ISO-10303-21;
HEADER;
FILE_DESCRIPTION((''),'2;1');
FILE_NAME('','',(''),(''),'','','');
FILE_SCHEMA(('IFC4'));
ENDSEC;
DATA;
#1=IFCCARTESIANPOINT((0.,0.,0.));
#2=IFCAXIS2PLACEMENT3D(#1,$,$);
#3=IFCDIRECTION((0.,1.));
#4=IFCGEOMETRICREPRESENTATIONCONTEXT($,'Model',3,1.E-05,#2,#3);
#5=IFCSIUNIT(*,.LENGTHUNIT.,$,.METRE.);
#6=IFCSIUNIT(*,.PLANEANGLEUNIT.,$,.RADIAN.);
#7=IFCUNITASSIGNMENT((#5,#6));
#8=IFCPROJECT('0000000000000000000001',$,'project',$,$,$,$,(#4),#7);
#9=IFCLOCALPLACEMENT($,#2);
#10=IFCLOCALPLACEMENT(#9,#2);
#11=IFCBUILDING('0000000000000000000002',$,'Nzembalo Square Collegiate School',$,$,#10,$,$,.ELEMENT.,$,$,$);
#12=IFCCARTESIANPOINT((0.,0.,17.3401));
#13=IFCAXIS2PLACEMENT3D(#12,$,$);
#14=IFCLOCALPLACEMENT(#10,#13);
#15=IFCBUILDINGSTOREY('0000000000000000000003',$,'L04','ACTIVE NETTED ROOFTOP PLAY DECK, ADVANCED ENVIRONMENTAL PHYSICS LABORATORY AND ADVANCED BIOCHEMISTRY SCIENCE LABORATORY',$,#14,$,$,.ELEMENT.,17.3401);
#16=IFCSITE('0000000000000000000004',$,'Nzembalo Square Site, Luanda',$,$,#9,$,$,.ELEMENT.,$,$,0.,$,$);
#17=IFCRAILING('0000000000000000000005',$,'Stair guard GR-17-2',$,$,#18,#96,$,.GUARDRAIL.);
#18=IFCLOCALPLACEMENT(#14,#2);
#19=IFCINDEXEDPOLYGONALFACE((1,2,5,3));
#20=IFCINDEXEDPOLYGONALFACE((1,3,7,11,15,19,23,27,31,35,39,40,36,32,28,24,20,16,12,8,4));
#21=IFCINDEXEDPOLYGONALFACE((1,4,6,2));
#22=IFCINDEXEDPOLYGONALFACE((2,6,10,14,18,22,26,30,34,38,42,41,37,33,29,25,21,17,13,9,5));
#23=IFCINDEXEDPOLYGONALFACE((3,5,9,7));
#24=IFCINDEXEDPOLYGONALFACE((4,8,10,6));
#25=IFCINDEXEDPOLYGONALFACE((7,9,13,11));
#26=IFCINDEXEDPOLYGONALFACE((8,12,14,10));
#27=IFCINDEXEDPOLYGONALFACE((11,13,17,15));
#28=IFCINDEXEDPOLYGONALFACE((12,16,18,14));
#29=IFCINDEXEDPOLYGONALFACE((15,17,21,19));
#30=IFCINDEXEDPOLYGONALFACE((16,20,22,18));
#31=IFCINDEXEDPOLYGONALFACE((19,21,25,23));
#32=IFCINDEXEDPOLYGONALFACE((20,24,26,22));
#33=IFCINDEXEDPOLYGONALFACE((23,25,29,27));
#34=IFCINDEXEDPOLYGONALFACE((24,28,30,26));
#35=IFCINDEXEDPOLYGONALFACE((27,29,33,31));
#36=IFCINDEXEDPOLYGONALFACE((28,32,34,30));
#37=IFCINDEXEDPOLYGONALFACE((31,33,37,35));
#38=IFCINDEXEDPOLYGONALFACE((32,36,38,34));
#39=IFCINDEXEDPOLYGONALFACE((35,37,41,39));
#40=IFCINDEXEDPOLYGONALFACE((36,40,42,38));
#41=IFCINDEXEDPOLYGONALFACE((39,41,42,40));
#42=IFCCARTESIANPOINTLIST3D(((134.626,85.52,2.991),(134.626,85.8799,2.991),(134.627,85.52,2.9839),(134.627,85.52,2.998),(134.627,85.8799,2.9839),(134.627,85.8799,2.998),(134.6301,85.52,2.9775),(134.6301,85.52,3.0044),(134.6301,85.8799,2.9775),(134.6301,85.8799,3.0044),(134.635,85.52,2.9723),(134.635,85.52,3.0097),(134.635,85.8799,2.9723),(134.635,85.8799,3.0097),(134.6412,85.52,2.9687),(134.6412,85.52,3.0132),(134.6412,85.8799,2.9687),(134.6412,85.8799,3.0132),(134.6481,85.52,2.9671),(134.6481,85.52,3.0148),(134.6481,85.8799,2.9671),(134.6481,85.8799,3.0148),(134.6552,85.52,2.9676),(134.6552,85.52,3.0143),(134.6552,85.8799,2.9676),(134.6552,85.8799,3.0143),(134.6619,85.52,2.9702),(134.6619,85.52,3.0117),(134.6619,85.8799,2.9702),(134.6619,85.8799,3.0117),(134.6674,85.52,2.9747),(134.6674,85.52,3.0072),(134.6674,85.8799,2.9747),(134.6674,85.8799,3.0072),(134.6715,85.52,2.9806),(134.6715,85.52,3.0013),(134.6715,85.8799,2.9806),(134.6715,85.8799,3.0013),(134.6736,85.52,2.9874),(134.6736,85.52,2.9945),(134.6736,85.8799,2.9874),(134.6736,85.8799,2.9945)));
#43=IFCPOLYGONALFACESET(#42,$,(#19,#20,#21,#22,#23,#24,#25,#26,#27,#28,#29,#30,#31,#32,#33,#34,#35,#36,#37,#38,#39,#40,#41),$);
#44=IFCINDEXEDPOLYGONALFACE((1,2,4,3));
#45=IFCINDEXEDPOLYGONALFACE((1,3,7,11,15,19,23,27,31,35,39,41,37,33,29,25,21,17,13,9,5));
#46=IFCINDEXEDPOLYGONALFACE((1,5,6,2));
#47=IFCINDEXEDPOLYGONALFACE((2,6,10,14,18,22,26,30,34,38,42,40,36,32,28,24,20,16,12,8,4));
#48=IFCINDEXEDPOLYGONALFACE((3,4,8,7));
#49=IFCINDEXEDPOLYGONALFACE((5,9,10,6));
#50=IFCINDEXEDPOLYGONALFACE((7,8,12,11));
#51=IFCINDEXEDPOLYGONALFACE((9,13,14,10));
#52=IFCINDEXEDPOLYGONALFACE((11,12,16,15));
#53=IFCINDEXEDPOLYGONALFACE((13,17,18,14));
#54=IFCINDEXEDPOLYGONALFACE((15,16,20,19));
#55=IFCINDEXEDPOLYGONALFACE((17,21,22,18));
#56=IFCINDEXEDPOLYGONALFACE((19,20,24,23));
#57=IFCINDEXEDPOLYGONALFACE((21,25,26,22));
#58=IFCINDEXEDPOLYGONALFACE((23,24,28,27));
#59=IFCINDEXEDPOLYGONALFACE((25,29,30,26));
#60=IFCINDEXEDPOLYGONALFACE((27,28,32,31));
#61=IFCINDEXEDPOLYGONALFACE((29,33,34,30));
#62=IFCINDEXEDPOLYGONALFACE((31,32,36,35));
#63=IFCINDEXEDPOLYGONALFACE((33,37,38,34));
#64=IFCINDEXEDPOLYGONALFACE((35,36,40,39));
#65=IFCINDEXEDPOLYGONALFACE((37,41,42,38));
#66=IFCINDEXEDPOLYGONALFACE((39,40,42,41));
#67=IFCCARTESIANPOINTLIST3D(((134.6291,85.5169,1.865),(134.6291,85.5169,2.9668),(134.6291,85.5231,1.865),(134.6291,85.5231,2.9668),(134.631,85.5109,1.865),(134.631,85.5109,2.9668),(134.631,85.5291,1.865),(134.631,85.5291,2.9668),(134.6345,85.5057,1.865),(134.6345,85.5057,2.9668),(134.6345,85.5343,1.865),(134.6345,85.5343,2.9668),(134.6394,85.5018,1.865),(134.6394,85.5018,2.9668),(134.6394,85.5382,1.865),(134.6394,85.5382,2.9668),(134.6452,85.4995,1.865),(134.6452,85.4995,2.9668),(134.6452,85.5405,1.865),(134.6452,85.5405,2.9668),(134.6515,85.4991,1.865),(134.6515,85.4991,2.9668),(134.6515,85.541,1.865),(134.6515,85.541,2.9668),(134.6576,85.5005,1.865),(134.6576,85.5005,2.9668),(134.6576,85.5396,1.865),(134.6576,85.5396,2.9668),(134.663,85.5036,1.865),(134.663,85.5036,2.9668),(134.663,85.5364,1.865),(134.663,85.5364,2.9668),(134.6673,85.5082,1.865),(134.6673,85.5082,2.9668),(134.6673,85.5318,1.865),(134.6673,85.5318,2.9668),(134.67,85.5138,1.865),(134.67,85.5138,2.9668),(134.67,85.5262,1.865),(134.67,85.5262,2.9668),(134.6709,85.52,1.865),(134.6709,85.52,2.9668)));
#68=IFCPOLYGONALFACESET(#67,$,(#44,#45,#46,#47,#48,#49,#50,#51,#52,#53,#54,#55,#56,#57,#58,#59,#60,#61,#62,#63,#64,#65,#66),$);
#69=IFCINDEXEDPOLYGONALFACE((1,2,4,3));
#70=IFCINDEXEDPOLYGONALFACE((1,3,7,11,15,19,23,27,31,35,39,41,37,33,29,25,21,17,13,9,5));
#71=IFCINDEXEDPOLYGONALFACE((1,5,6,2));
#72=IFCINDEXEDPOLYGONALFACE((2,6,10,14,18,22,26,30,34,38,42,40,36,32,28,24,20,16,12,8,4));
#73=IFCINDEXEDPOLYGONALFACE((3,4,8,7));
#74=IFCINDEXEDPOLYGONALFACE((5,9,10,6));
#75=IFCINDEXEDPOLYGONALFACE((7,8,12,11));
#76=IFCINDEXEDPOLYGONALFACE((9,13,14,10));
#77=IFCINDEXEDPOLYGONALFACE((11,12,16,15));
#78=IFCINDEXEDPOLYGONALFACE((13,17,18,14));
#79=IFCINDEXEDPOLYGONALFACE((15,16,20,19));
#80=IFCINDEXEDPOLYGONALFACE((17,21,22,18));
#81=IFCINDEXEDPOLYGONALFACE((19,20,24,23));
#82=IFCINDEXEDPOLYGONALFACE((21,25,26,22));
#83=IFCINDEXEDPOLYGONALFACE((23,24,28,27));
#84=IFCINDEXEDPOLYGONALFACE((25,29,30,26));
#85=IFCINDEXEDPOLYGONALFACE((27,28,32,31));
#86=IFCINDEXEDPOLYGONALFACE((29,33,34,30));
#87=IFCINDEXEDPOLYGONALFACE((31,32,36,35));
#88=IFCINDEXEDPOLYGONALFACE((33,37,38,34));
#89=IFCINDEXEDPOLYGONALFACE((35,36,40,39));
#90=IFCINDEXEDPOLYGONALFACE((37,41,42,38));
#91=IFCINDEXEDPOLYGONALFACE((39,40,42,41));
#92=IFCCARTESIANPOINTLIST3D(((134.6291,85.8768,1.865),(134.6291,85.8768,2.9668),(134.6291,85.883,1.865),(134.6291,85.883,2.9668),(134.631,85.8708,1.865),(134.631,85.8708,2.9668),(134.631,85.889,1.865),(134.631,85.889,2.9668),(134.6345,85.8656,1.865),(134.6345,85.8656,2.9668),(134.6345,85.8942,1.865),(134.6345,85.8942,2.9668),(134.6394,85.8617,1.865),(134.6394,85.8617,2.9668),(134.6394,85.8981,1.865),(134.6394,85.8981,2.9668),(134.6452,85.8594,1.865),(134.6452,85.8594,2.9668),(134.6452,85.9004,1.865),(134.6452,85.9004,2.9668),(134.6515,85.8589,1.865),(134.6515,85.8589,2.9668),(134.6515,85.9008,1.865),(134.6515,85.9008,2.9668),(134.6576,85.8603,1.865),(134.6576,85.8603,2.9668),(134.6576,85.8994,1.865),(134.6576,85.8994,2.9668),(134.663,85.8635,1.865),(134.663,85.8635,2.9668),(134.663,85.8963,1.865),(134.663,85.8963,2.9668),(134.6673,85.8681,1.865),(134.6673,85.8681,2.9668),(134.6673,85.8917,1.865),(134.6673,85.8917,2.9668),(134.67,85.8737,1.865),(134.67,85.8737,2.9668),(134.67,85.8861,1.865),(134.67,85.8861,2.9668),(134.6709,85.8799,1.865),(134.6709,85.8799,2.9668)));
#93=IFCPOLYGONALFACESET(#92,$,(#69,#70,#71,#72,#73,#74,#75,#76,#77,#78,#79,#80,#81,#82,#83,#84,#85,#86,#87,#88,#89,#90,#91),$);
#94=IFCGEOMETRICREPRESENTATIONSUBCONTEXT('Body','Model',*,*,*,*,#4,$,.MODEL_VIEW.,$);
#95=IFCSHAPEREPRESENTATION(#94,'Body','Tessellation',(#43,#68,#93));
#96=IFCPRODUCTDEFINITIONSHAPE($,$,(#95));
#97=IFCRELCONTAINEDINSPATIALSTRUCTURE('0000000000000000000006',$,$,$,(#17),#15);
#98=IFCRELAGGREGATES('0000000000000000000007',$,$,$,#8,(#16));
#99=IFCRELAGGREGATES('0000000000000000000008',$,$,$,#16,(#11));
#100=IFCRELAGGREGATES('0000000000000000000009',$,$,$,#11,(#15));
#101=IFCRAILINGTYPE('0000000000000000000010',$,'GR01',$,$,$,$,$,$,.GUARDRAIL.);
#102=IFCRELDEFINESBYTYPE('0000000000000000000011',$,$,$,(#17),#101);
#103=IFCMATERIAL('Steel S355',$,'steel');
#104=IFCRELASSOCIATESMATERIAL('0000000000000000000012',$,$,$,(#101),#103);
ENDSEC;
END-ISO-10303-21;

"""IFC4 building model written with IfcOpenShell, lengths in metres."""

from ifc_helpers import new_model, si_unit, direction, frame, origin, origin_2d, place, context, subcontext, project, spatial, circle, extrude, material, type_object, element, save


model = new_model("IFC4")

# Units and contexts
model_context = context("Model", 3, precision=1e-05, world=origin(), true_north=direction((0.0, 1.0)))
body_context = subcontext(model_context, "Body", "Model", "MODEL_VIEW")
ifc_project = project(units=[si_unit("LENGTHUNIT", "METRE"), si_unit("PLANEANGLEUNIT", "RADIAN")], contexts=[model_context])

# Site, building, storey
site_placement = place(None, origin())
site = spatial("IfcSite", under=ifc_project, at=site_placement, Name="Nzembalo Square Site, Luanda", CompositionType="ELEMENT", RefElevation=0.0)
building_placement = place(site_placement, origin())
building = spatial("IfcBuilding", under=site, at=building_placement, Name="Nzembalo Square Collegiate School", CompositionType="ELEMENT")
storey_placement = place(building_placement, frame((0.0, 0.0, 17.3401)))
storey = spatial("IfcBuildingStorey", under=building, at=storey_placement, Name="L04", Description="ACTIVE NETTED ROOFTOP PLAY DECK, ADVANCED ENVIRONMENTAL PHYSICS LABORATORY AND ADVANCED BIOCHEMISTRY SCIENCE LABORATORY", CompositionType="ELEMENT", Elevation=17.3401)

# Railing
ifc_material_1 = material(Name="Steel S355", Category="steel")
railing_type_1 = type_object("IfcRailingType", Name="GR01", PredefinedType="GUARDRAIL", material=ifc_material_1)
railing_1_placement = place(storey_placement, frame((134.6499, 85.52, 1.865)))
element("IfcRailing", 1, at=railing_1_placement, inside=storey, type_object=railing_type_1, Name="Stair guard GR-17-2", PredefinedType="GUARDRAIL", context=body_context, shape_type="SweptSolid", body=[
    extrude(circle(Radius=0.0239, at=origin_2d()), frame((0.0, 0.0, 1.126), z_axis=(0.0, 1.0, 0.0), x_axis=(-1.0, 0.0, 0.0)), (0.0, 0.0, 1.0), 0.3599),
    extrude(circle(Radius=0.021, at=origin_2d()), origin(), (0.0, 0.0, 1.0), 1.1018),
    extrude(circle(Radius=0.021, at=origin_2d()), frame((0.0, 0.3599, 0.0)), (0.0, 0.0, 1.0), 1.1018),
])

save(model, "model.ifc")
